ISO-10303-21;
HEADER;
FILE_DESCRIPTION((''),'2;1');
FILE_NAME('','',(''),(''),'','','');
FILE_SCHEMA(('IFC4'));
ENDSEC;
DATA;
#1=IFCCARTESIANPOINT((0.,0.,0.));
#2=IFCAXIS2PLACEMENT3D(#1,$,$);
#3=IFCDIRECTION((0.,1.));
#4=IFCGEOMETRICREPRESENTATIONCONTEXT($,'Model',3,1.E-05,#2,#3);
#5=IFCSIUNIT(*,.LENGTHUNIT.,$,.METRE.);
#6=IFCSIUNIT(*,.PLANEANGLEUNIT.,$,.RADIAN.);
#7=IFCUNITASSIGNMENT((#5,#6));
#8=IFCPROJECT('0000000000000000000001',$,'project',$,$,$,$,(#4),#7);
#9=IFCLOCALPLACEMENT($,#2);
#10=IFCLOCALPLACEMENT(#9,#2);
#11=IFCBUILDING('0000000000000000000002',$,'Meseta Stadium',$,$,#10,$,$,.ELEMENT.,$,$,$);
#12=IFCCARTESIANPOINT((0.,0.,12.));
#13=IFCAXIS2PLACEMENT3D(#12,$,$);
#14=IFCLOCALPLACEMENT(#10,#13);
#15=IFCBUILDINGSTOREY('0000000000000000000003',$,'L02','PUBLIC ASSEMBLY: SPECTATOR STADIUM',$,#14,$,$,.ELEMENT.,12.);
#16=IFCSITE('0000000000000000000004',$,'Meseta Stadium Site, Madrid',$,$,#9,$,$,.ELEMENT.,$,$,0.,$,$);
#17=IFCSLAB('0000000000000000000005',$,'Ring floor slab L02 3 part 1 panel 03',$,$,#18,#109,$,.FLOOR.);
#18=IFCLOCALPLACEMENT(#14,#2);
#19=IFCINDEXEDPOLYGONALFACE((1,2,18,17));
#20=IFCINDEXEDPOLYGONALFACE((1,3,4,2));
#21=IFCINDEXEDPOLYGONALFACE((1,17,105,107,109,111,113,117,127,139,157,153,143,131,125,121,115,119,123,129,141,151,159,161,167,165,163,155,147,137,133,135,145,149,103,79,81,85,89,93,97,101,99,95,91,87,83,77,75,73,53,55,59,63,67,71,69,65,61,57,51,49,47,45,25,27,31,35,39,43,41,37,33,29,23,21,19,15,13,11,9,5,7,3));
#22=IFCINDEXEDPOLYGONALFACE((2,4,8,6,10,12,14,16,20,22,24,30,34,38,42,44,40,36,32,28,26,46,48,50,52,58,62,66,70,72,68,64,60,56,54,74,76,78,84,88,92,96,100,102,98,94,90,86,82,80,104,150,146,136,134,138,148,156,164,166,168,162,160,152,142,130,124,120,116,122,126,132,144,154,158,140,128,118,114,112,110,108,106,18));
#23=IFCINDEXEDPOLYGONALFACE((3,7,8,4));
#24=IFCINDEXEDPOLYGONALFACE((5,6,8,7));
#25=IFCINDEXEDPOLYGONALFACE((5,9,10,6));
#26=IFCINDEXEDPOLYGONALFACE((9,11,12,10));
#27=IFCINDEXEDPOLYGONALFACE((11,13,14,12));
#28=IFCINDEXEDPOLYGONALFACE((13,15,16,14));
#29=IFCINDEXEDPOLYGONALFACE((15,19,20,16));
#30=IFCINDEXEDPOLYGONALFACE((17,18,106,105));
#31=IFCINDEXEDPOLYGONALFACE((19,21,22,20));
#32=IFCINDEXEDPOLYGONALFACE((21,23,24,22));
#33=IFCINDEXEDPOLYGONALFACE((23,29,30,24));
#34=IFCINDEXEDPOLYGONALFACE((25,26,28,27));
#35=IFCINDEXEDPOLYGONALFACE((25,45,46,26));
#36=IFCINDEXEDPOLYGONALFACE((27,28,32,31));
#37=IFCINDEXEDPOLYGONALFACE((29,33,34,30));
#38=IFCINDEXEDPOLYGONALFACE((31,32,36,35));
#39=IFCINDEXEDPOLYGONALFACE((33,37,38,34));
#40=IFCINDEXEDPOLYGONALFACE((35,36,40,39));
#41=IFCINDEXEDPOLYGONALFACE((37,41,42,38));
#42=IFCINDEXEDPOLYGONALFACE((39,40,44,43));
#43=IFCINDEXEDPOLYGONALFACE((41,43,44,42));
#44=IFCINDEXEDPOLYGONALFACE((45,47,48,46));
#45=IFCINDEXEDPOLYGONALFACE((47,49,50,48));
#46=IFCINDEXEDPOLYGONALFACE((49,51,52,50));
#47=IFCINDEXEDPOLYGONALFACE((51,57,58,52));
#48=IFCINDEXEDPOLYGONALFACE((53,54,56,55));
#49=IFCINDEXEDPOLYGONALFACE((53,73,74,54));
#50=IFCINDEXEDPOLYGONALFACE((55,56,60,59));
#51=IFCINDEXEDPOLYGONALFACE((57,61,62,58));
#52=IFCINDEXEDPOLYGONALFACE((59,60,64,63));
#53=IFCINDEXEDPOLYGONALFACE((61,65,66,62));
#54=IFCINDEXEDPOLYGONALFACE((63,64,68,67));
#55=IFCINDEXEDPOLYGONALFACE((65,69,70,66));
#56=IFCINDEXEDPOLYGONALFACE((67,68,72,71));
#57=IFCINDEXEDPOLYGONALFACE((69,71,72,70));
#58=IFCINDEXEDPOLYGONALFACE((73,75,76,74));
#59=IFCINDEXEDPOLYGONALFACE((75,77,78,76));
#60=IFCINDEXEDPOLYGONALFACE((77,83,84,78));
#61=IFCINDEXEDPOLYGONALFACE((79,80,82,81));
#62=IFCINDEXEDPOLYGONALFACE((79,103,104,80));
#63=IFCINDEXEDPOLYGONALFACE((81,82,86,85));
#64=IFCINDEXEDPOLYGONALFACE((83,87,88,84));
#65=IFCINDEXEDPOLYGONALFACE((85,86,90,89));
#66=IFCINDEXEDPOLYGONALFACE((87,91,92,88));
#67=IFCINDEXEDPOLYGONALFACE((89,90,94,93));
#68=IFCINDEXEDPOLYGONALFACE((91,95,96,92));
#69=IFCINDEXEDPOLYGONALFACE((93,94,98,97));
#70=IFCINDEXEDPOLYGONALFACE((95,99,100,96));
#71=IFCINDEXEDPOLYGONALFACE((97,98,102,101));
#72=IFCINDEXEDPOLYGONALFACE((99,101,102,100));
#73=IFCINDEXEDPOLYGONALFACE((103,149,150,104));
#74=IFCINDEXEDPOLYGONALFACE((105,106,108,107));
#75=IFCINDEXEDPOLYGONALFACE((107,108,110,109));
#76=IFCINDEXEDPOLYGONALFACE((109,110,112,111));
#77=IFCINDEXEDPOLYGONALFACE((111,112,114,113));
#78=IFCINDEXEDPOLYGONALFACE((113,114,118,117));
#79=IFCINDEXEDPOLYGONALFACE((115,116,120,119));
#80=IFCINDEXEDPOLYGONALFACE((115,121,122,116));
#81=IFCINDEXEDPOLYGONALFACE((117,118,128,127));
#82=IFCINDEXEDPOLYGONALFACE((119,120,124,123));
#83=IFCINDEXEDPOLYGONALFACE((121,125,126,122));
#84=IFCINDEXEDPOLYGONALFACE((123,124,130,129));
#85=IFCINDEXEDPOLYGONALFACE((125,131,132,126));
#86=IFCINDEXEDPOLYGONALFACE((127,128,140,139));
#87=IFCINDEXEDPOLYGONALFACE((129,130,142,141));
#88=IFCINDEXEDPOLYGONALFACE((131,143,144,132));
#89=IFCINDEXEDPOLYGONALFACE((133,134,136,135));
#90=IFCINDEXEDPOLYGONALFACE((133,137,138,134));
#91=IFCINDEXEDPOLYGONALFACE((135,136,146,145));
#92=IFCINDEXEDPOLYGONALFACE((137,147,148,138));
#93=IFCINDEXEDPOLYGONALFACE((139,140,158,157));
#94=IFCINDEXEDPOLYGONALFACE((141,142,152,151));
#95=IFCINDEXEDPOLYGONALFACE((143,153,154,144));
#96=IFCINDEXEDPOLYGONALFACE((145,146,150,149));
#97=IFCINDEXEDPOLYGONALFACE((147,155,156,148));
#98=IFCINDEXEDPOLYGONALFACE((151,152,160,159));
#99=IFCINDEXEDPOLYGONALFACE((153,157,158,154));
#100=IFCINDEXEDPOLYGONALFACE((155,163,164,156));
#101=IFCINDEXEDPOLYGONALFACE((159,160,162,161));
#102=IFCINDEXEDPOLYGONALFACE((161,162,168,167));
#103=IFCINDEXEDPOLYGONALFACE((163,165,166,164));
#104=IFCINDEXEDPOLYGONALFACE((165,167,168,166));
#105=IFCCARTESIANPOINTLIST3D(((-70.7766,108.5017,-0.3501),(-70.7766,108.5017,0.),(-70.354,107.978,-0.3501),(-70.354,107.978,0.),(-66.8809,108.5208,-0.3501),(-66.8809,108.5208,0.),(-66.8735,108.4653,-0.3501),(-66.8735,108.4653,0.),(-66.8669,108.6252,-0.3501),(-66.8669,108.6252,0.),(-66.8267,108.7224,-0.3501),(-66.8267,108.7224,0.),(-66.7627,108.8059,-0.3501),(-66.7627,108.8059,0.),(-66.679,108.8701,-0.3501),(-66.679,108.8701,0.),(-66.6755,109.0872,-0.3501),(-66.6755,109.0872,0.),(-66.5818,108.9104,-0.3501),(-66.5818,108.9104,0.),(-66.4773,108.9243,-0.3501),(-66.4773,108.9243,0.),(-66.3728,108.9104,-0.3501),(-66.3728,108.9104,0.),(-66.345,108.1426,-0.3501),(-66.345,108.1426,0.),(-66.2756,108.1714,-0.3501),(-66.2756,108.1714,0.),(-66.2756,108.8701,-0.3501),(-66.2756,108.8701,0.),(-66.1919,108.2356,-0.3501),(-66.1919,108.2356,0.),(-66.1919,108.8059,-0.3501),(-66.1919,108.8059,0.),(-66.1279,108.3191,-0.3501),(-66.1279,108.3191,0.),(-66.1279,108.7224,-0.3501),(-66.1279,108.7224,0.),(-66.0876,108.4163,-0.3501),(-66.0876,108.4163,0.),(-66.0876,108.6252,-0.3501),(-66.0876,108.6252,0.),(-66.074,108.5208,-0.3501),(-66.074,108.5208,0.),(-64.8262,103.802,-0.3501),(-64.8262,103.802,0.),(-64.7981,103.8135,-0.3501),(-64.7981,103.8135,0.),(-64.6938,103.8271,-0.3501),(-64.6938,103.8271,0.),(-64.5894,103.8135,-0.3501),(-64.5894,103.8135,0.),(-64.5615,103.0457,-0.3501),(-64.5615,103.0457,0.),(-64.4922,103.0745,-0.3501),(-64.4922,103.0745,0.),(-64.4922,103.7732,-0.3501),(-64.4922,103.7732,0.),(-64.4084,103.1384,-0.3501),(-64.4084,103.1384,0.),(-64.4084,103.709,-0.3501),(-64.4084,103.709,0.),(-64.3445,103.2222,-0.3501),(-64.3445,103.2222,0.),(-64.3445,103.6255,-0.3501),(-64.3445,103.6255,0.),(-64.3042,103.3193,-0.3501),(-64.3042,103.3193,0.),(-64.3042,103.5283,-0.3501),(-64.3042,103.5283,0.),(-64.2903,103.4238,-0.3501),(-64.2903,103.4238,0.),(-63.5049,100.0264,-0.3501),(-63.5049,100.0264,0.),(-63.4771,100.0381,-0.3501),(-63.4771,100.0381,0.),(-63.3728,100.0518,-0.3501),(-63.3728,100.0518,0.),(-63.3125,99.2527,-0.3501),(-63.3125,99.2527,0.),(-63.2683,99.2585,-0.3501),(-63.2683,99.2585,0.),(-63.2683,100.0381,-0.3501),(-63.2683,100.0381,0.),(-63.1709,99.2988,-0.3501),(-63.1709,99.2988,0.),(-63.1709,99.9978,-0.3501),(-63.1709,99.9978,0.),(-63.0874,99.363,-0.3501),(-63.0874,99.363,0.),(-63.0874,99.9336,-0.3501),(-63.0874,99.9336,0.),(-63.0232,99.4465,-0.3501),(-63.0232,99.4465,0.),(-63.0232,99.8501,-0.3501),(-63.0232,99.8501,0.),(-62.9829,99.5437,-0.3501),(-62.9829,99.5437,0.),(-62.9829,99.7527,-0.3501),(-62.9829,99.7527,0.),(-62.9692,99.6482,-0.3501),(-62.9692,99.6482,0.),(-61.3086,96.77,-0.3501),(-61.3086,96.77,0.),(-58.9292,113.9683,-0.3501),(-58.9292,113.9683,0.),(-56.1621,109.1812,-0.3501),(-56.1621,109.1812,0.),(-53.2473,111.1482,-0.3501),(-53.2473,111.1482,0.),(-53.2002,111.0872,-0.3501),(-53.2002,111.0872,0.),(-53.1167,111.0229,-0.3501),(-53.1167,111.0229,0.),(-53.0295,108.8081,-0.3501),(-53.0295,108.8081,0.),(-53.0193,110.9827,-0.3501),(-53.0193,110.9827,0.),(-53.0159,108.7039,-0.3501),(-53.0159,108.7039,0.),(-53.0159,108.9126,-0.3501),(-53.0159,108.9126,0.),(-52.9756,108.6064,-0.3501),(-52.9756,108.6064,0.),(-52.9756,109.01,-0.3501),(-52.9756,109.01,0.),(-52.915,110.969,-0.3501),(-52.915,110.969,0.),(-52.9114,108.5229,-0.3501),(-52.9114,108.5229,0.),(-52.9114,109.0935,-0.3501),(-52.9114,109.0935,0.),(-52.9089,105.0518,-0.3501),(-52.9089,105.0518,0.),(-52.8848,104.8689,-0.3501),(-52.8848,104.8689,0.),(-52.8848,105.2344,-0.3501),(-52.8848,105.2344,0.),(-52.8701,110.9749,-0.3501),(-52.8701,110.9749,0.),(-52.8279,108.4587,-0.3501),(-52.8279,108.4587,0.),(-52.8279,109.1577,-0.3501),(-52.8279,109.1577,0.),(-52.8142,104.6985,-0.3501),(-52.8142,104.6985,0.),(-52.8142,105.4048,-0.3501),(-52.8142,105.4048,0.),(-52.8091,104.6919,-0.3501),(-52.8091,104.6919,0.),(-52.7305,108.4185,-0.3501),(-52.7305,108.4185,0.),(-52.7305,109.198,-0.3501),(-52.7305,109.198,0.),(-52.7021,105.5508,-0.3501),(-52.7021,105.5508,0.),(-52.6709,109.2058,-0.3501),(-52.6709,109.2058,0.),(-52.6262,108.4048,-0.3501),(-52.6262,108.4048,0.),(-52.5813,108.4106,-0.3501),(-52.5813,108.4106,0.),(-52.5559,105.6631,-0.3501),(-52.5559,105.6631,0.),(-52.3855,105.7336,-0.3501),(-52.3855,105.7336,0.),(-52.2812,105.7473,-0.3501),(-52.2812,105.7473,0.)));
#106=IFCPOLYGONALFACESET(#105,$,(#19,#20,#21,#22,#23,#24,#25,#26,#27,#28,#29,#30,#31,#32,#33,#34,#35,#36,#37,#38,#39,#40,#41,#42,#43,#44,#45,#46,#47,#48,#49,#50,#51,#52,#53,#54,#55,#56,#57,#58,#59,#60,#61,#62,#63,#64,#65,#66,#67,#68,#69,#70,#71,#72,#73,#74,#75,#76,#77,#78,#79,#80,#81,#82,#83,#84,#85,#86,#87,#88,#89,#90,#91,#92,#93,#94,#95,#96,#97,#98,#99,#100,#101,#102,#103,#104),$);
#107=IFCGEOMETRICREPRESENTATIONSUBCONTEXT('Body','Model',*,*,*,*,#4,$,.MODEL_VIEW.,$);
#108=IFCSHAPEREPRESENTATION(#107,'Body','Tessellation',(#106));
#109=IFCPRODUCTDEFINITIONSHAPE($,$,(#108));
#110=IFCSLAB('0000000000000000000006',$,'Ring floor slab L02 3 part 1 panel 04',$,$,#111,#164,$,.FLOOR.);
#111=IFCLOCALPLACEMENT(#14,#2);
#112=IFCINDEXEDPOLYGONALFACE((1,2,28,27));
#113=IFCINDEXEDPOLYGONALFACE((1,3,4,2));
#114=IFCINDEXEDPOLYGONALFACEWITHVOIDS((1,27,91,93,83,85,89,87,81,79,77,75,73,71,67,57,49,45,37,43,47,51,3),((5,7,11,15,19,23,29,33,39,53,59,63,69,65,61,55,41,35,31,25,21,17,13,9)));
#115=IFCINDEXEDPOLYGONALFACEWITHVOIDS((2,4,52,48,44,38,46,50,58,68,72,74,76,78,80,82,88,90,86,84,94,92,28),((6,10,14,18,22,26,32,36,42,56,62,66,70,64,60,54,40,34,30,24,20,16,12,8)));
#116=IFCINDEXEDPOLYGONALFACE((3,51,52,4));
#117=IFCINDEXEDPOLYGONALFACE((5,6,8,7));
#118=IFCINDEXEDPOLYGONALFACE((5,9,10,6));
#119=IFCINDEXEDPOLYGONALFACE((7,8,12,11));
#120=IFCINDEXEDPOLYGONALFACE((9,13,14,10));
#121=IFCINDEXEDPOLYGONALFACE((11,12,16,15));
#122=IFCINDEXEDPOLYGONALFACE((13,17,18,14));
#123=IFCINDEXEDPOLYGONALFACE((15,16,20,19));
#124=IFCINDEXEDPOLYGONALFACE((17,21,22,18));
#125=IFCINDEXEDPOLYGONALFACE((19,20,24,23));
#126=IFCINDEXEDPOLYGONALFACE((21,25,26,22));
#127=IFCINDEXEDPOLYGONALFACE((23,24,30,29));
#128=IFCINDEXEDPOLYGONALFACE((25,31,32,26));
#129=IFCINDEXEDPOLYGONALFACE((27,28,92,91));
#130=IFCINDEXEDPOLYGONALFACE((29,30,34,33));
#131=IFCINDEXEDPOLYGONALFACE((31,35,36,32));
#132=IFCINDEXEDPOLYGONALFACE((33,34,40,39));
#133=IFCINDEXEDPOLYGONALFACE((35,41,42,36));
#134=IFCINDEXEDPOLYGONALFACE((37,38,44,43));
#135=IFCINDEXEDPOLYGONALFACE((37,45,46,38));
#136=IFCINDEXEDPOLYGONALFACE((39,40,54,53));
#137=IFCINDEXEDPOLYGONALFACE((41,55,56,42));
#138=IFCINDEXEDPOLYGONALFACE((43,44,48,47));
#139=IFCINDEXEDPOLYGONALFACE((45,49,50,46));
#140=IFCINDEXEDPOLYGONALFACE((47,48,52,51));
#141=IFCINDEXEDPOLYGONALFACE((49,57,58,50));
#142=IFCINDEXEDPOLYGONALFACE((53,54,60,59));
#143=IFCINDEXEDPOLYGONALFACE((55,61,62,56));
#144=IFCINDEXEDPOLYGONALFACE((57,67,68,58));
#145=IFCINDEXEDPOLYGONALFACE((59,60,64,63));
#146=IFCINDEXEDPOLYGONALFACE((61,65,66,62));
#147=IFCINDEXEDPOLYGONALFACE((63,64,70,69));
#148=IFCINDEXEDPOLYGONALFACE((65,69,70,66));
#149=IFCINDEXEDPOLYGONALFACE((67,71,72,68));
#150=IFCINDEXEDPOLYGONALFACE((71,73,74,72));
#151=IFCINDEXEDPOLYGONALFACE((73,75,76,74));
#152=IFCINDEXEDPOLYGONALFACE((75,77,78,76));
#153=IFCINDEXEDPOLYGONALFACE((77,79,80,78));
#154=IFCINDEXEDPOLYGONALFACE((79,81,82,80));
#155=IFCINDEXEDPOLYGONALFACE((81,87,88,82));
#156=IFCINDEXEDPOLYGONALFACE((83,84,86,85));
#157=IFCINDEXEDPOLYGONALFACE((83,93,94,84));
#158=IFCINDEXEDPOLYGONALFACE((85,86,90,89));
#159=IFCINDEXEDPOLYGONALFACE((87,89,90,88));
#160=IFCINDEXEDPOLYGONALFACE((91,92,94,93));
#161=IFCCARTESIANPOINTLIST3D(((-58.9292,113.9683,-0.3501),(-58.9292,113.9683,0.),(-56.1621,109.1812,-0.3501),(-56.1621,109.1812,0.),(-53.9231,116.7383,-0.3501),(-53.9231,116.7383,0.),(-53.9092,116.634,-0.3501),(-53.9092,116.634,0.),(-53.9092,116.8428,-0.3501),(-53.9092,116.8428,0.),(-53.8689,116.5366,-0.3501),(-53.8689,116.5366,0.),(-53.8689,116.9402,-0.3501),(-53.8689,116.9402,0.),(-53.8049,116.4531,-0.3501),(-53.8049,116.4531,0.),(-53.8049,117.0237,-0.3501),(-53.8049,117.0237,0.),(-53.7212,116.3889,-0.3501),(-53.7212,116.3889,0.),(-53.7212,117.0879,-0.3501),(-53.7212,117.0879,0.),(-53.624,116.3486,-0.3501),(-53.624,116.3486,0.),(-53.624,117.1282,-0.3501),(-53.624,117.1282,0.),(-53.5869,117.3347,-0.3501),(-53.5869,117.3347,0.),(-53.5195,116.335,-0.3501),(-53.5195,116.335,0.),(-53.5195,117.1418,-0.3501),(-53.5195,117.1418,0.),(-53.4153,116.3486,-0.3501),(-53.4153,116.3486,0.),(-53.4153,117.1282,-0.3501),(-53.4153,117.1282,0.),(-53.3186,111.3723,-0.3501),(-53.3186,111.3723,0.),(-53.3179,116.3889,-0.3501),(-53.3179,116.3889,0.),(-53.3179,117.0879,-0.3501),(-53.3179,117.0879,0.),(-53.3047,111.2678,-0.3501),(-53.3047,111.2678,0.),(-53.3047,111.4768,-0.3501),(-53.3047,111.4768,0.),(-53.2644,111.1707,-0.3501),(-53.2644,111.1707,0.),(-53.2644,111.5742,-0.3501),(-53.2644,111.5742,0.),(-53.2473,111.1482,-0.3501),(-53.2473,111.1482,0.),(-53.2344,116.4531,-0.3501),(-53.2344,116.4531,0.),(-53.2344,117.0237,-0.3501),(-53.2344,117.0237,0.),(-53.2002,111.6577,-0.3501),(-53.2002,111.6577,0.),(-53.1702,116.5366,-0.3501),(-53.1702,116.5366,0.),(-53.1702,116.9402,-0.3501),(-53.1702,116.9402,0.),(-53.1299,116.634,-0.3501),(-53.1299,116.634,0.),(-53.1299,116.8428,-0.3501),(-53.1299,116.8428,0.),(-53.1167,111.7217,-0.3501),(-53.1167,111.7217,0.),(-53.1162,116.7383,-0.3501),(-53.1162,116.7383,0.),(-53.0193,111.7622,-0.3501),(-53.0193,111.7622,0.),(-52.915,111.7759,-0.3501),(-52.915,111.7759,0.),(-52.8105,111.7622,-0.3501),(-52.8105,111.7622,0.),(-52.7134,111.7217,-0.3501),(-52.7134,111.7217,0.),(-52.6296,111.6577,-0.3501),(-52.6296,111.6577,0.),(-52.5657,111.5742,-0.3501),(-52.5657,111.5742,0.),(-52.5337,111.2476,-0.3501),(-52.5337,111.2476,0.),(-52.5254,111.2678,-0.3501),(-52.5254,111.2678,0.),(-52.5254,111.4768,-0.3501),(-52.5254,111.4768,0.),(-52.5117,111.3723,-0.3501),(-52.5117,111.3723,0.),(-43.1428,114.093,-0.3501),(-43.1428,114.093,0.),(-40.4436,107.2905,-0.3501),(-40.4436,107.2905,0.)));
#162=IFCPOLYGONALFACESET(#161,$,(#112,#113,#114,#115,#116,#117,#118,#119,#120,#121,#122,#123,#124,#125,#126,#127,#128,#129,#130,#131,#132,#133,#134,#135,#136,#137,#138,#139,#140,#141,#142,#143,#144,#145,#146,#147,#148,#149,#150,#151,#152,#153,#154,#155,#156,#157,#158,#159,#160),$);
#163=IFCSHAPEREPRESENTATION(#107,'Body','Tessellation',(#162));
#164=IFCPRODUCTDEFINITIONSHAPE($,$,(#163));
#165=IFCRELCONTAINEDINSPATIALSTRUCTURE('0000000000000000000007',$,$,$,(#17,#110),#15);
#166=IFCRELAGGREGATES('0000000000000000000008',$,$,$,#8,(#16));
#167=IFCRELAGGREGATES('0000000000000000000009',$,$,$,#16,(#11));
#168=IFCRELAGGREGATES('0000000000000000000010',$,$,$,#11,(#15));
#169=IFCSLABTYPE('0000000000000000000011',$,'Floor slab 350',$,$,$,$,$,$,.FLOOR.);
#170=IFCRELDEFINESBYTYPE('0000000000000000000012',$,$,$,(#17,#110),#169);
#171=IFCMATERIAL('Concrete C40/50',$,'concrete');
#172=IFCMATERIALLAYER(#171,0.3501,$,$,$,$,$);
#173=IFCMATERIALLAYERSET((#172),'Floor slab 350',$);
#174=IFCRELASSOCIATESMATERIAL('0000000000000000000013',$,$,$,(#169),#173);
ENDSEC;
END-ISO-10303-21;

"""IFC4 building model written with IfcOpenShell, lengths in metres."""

from ifc_helpers import new_model, si_unit, direction, frame, origin, place, context, subcontext, project, spatial, polyline, outline, extrude, material, layer, layer_set, type_object, element, save


model = new_model("IFC4")

# Units and contexts
model_context = context("Model", 3, precision=1e-05, world=origin(), true_north=direction((0.0, 1.0)))
body_context = subcontext(model_context, "Body", "Model", "MODEL_VIEW")
ifc_project = project(units=[si_unit("LENGTHUNIT", "METRE"), si_unit("PLANEANGLEUNIT", "RADIAN")], contexts=[model_context])

# Site, building, storey
site_placement = place(None, origin())
site = spatial("IfcSite", under=ifc_project, at=site_placement, Name="Meseta Stadium Site, Madrid", CompositionType="ELEMENT", RefElevation=0.0)
building_placement = place(site_placement, origin())
building = spatial("IfcBuilding", under=site, at=building_placement, Name="Meseta Stadium", CompositionType="ELEMENT")
storey_placement = place(building_placement, frame((0.0, 0.0, 12.0)))
storey = spatial("IfcBuildingStorey", under=building, at=storey_placement, Name="L02", Description="PUBLIC ASSEMBLY: SPECTATOR STADIUM", CompositionType="ELEMENT", Elevation=12.0)

# Slabs
ifc_material_1 = material(Name="Concrete C40/50", Category="concrete")
ifc_layer_1 = layer(ifc_material_1, 0.3501)
ifc_layer_set_1 = layer_set([ifc_layer_1], Name="Floor slab 350")
slab_type_1 = type_object("IfcSlabType", Name="Floor slab 350", PredefinedType="FLOOR", material=ifc_layer_set_1)
slab_1_placement = place(storey_placement, frame((0.0, 0.0, -0.3501)))
element("IfcSlab", 1, at=slab_1_placement, inside=storey, type_object=slab_type_1, Name="Ring floor slab L02 3 part 1 panel 03", PredefinedType="FLOOR", context=body_context, shape_type="SweptSolid", body=[
    extrude(outline(polyline([(-63.2683, 99.2585), (-63.3125, 99.2527), (-61.3086, 96.77), (-52.8091, 104.6919), (-52.8142, 104.6985), (-52.8848, 104.8689), (-52.9089, 105.0518), (-52.8848, 105.2344), (-52.8142, 105.4048), (-52.7021, 105.5508), (-52.5559, 105.6631), (-52.3855, 105.7336), (-52.2812, 105.7473), (-52.5813, 108.4106), (-52.6262, 108.4048), (-52.7305, 108.4185), (-52.8279, 108.4587), (-52.9114, 108.5229), (-52.9756, 108.6064), (-53.0159, 108.7039), (-53.0295, 108.8081), (-53.0159, 108.9126), (-52.9756, 109.01), (-52.9114, 109.0935), (-52.8279, 109.1577), (-52.7305, 109.198), (-52.6709, 109.2058), (-52.8701, 110.9749), (-52.915, 110.969), (-53.0193, 110.9827), (-53.1167, 111.0229), (-53.2002, 111.0872), (-53.2473, 111.1482), (-56.1621, 109.1812), (-58.9292, 113.9683), (-66.6755, 109.0872), (-70.7766, 108.5017), (-70.354, 107.978), (-66.8735, 108.4653), (-66.8809, 108.5208), (-66.8669, 108.6252), (-66.8267, 108.7224), (-66.7627, 108.8059), (-66.679, 108.8701), (-66.5818, 108.9104), (-66.4773, 108.9243), (-66.3728, 108.9104), (-66.2756, 108.8701), (-66.1919, 108.8059), (-66.1279, 108.7224), (-66.0876, 108.6252), (-66.074, 108.5208), (-66.0876, 108.4163), (-66.1279, 108.3191), (-66.1919, 108.2356), (-66.2756, 108.1714), (-66.345, 108.1426), (-64.8262, 103.802), (-64.7981, 103.8135), (-64.6938, 103.8271), (-64.5894, 103.8135), (-64.4922, 103.7732), (-64.4084, 103.709), (-64.3445, 103.6255), (-64.3042, 103.5283), (-64.2903, 103.4238), (-64.3042, 103.3193), (-64.3445, 103.2222), (-64.4084, 103.1384), (-64.4922, 103.0745), (-64.5615, 103.0457), (-63.5049, 100.0264), (-63.4771, 100.0381), (-63.3728, 100.0518), (-63.2683, 100.0381), (-63.1709, 99.9978), (-63.0874, 99.9336), (-63.0232, 99.8501), (-62.9829, 99.7527), (-62.9692, 99.6482), (-62.9829, 99.5437), (-63.0232, 99.4465), (-63.0874, 99.363), (-63.1709, 99.2988), (-63.2683, 99.2585)])), origin(), (0.0, 0.0, 1.0), 0.3501),
])
slab_2_placement = place(storey_placement, frame((0.0, 0.0, -0.3501)))
element("IfcSlab", 2, at=slab_2_placement, inside=storey, type_object=slab_type_1, Name="Ring floor slab L02 3 part 1 panel 04", PredefinedType="FLOOR", context=body_context, shape_type="SweptSolid", body=[
    extrude(outline(polyline([(-53.3186, 111.3723), (-53.3047, 111.4768), (-53.2644, 111.5742), (-53.2002, 111.6577), (-53.1167, 111.7217), (-53.0193, 111.7622), (-52.915, 111.7759), (-52.8105, 111.7622), (-52.7134, 111.7217), (-52.6296, 111.6577), (-52.5657, 111.5742), (-52.5254, 111.4768), (-52.5117, 111.3723), (-52.5254, 111.2678), (-52.5337, 111.2476), (-40.4436, 107.2905), (-43.1428, 114.093), (-53.5869, 117.3347), (-58.9292, 113.9683), (-56.1621, 109.1812), (-53.2473, 111.1482), (-53.2644, 111.1707), (-53.3047, 111.2678), (-53.3186, 111.3723)]), holes=[polyline([(-53.1162, 116.7383), (-53.1299, 116.634), (-53.1702, 116.5366), (-53.2344, 116.4531), (-53.3179, 116.3889), (-53.4153, 116.3486), (-53.5195, 116.335), (-53.624, 116.3486), (-53.7212, 116.3889), (-53.8049, 116.4531), (-53.8689, 116.5366), (-53.9092, 116.634), (-53.9231, 116.7383), (-53.9092, 116.8428), (-53.8689, 116.9402), (-53.8049, 117.0237), (-53.7212, 117.0879), (-53.624, 117.1282), (-53.5195, 117.1418), (-53.4153, 117.1282), (-53.3179, 117.0879), (-53.2344, 117.0237), (-53.1702, 116.9402), (-53.1299, 116.8428), (-53.1162, 116.7383)])]), origin(), (0.0, 0.0, 1.0), 0.3501),
])

save(model, "model.ifc")
